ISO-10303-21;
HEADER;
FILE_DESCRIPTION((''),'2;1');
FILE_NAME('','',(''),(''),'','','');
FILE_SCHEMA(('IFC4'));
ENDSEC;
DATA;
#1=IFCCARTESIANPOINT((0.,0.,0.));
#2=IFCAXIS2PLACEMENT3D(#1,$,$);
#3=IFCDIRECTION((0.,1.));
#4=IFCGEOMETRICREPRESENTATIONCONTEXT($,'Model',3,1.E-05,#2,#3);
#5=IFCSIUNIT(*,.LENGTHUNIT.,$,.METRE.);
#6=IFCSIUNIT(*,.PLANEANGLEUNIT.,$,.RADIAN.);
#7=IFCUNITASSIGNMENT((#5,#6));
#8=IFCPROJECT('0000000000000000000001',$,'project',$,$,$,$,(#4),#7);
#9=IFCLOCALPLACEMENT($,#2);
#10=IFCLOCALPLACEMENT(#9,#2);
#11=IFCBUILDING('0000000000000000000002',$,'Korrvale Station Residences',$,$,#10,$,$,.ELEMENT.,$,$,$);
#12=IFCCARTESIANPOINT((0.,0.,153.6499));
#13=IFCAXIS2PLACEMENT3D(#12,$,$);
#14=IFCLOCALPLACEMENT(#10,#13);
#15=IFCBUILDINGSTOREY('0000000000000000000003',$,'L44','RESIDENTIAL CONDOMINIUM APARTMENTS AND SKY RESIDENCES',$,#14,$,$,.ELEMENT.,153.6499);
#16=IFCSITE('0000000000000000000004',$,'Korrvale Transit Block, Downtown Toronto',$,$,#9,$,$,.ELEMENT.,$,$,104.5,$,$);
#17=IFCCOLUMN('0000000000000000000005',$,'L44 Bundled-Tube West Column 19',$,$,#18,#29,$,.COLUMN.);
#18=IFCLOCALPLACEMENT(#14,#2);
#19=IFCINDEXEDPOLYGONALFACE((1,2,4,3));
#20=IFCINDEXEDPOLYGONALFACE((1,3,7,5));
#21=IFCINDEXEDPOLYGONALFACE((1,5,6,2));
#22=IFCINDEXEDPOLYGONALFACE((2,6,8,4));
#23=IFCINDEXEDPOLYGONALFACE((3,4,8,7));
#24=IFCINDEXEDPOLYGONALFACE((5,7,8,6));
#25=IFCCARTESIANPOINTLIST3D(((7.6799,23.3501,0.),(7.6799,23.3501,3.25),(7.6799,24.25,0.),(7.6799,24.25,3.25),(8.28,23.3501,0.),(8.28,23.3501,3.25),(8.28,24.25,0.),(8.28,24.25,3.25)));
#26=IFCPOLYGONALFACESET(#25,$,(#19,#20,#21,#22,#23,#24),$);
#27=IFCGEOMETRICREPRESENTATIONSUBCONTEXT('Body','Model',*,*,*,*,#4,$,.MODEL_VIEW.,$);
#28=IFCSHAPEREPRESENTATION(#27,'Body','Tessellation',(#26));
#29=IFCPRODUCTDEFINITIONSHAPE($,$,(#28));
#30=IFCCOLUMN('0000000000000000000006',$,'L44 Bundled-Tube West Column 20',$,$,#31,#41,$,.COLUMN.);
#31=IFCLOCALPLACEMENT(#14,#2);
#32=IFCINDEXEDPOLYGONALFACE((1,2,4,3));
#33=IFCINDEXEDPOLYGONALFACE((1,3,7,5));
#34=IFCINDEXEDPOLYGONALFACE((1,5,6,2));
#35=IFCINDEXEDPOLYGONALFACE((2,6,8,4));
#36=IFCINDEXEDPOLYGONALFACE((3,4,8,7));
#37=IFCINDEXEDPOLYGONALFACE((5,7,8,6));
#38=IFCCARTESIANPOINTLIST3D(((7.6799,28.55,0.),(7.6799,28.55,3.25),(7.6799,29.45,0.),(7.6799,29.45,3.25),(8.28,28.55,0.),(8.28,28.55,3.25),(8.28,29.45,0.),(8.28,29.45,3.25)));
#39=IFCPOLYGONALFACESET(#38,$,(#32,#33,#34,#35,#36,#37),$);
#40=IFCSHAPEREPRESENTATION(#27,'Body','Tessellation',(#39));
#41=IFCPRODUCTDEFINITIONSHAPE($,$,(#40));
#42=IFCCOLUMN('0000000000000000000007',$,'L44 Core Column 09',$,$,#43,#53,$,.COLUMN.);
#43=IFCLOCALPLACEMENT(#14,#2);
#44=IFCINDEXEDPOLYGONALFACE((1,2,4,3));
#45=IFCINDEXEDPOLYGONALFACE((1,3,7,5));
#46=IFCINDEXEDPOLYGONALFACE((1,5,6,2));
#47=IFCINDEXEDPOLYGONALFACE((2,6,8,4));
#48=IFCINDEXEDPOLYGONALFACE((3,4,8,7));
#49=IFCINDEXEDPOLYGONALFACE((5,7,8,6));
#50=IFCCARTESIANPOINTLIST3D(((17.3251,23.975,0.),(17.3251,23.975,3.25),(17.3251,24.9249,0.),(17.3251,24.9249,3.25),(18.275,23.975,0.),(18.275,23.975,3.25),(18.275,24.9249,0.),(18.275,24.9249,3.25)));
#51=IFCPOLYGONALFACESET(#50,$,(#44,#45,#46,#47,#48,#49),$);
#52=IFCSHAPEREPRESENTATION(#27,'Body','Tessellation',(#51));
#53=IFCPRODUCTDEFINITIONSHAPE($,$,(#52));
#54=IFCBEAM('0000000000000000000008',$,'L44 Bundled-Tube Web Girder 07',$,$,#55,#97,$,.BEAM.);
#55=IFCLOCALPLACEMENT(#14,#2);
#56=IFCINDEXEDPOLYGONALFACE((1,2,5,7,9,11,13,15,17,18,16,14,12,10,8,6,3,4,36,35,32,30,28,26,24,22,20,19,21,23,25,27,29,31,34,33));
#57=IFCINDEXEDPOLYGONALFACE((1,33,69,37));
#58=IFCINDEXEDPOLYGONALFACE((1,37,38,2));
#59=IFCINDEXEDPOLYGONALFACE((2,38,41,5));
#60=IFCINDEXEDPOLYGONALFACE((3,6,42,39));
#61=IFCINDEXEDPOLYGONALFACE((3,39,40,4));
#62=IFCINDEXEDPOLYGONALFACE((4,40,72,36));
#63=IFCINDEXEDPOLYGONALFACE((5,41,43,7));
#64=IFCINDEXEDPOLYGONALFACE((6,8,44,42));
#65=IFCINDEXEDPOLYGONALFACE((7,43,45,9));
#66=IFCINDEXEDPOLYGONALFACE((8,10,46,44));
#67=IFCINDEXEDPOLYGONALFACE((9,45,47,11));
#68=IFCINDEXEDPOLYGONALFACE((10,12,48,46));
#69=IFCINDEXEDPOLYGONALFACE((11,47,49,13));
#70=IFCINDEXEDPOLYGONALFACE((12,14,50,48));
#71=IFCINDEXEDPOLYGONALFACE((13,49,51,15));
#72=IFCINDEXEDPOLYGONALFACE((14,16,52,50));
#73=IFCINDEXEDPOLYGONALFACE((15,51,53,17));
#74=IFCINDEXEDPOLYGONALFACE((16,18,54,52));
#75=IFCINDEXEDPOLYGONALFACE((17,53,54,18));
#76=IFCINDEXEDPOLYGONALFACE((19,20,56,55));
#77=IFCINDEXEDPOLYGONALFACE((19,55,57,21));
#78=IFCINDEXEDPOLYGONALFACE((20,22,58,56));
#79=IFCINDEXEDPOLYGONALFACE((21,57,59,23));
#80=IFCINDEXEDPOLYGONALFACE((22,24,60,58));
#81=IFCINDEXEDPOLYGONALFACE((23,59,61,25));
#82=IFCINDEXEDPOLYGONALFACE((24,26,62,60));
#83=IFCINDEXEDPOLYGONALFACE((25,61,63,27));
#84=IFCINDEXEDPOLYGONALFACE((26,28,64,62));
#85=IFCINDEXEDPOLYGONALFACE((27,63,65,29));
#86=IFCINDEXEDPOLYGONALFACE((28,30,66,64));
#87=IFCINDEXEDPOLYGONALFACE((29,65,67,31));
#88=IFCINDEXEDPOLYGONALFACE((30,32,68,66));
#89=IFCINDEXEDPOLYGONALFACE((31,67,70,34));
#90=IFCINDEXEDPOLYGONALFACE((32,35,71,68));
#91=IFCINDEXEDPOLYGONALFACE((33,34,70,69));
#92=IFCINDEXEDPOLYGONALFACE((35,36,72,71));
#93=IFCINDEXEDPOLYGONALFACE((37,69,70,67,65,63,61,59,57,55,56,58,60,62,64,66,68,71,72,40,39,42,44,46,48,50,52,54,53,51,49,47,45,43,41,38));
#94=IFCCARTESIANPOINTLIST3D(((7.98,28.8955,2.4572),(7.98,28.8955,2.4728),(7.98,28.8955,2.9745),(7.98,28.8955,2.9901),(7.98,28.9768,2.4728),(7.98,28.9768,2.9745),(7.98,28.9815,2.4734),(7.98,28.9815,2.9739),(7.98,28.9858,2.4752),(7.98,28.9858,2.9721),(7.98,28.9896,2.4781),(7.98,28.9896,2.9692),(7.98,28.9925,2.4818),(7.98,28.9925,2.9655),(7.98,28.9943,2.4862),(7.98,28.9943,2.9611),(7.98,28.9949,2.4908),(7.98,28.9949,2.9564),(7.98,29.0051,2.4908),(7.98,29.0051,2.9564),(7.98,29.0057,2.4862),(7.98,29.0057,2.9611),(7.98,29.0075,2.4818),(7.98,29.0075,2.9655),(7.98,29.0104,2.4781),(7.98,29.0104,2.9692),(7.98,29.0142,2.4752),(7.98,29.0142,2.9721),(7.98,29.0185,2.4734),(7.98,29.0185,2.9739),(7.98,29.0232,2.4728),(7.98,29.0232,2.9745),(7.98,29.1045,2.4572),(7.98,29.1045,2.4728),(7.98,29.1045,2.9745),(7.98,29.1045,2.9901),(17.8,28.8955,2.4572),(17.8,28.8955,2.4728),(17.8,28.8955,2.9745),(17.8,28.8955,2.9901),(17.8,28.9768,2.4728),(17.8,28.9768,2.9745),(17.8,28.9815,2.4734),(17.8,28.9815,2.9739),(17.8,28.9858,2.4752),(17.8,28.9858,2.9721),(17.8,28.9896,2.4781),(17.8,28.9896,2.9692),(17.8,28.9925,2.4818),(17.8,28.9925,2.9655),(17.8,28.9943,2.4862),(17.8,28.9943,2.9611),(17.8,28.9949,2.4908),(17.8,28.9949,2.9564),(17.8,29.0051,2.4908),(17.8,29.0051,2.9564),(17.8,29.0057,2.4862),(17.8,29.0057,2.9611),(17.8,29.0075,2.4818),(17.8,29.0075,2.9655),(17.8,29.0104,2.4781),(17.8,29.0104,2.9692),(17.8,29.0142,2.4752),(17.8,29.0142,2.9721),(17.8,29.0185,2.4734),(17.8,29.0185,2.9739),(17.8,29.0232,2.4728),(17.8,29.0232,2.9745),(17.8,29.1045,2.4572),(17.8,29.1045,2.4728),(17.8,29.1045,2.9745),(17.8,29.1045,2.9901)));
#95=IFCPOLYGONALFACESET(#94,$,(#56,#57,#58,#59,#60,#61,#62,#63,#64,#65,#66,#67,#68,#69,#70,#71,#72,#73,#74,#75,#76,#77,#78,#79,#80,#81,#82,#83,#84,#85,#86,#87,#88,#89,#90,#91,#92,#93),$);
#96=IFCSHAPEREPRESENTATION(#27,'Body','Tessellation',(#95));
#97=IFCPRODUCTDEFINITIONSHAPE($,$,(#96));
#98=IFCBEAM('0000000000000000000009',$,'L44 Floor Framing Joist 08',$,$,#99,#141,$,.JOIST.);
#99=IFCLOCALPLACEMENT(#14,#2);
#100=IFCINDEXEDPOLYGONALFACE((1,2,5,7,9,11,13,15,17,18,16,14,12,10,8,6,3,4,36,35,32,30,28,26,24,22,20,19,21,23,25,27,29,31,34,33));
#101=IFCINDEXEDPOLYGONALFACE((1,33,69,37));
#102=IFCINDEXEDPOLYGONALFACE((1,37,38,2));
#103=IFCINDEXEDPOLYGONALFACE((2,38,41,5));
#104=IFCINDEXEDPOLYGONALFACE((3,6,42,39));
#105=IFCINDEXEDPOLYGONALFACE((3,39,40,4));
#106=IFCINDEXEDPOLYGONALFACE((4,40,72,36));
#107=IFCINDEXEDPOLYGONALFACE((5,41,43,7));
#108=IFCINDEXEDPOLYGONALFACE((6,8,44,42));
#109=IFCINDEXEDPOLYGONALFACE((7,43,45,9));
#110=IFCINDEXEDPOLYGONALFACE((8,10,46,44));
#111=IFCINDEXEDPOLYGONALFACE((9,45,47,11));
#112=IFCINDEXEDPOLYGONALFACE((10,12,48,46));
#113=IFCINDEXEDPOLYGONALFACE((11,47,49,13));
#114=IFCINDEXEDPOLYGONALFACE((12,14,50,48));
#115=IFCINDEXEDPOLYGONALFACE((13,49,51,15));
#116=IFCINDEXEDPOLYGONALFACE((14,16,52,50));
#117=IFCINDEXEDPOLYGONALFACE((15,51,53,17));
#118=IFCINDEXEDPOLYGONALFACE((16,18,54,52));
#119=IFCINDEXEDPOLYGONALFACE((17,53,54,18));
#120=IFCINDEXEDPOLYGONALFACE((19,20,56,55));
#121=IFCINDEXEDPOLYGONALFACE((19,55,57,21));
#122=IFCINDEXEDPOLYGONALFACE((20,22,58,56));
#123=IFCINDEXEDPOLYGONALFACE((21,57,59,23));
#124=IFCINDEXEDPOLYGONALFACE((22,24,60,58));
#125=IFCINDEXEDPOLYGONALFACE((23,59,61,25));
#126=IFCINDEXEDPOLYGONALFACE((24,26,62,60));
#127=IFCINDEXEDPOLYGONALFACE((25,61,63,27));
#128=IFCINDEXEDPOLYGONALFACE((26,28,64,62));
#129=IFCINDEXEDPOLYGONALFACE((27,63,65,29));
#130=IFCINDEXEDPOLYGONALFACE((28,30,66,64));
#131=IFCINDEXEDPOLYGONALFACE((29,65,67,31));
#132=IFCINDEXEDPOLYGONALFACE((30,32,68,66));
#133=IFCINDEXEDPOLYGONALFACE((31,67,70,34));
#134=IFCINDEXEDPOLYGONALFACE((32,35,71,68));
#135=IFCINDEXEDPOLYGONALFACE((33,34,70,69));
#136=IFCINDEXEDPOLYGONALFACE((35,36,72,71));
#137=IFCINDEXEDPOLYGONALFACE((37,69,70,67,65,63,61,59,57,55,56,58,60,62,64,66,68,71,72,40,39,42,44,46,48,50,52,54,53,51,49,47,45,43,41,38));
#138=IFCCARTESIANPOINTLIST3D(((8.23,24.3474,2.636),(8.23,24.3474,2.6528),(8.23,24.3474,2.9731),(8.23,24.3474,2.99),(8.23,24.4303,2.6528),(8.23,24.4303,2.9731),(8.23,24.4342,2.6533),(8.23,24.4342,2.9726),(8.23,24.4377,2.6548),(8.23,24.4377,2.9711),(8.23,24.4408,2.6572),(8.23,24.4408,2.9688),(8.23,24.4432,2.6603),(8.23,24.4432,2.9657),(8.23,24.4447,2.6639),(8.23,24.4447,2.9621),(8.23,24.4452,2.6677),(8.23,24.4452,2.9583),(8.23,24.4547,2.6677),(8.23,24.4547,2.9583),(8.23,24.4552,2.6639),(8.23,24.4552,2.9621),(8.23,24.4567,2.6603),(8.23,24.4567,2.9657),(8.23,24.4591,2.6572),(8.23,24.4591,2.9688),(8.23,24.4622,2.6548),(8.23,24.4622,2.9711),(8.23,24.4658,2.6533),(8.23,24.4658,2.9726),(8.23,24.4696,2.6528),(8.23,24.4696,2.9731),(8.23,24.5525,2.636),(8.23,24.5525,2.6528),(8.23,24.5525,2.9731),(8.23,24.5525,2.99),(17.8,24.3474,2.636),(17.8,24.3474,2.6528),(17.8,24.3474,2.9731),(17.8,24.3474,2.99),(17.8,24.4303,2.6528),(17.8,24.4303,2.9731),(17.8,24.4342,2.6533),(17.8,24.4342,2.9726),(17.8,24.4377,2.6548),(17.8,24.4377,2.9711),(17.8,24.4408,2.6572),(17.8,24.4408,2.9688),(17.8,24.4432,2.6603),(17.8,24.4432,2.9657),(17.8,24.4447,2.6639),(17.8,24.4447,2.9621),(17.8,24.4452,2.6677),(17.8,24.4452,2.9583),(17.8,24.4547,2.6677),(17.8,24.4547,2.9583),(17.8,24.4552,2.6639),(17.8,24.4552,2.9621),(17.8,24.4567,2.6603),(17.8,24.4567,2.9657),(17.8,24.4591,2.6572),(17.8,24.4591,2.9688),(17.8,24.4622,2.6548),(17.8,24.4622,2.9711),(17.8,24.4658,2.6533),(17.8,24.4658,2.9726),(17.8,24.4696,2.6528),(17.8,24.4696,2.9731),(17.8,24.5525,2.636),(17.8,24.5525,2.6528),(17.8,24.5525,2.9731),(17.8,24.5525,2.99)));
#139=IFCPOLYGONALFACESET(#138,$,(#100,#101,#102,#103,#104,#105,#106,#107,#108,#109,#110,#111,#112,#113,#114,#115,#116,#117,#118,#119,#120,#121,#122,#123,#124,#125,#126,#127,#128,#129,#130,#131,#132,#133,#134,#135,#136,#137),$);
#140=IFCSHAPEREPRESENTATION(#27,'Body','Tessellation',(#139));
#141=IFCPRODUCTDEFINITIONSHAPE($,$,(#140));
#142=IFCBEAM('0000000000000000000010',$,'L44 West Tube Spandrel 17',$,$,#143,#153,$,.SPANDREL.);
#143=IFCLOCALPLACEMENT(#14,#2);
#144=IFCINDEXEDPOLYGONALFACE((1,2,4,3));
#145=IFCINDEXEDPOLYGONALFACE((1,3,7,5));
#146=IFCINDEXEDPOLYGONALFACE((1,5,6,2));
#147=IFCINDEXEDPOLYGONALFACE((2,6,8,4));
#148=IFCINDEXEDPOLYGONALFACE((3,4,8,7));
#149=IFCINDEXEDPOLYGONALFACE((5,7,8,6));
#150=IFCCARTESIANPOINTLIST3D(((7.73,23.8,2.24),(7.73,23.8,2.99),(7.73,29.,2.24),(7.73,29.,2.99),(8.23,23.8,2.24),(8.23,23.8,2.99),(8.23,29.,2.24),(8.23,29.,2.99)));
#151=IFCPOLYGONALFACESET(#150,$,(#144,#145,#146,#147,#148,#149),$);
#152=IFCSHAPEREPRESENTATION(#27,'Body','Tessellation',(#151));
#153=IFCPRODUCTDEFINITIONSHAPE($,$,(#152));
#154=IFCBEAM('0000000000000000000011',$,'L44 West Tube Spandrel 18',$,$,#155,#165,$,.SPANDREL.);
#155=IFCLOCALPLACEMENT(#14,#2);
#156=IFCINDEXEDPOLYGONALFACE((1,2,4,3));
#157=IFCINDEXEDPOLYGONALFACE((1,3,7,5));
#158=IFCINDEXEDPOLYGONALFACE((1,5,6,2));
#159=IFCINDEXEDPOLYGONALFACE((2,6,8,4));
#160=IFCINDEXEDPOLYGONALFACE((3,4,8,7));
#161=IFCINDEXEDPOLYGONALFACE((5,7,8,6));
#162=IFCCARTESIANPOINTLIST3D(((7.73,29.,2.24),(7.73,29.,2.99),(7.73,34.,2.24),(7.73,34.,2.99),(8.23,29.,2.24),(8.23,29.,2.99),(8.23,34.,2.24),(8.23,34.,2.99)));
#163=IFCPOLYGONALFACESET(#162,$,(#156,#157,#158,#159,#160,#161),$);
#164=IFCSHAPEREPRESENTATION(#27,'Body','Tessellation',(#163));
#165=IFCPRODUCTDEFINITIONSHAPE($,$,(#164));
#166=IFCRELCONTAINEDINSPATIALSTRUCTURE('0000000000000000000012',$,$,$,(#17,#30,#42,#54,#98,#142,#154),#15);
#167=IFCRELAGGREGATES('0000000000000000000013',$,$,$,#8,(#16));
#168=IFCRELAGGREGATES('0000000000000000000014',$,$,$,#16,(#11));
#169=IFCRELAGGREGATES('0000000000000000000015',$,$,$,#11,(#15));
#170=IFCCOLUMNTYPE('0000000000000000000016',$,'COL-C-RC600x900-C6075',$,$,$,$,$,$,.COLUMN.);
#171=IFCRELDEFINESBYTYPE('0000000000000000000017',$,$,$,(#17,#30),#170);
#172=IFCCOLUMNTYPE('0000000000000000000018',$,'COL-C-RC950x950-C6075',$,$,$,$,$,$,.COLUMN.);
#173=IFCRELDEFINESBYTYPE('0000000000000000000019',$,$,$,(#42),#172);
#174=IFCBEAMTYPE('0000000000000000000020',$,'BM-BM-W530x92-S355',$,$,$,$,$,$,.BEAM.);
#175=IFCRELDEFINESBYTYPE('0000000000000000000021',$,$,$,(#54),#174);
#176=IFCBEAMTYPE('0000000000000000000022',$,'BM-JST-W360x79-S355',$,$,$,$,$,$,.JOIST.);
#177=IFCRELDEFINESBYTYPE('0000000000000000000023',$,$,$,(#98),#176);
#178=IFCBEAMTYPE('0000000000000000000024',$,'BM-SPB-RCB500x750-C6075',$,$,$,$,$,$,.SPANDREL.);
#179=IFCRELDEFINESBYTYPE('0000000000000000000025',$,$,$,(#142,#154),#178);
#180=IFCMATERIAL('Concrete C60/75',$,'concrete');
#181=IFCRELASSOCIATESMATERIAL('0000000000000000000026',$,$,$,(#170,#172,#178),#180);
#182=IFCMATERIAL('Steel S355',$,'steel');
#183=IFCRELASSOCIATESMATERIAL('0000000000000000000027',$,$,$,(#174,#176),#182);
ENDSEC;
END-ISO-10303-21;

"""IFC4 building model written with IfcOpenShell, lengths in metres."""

from ifc_helpers import new_model, si_unit, direction, frame, origin, origin_2d, place, context, subcontext, project, spatial, rectangle, i_section, extrude, material, material_profile, profile_set, type_object, element, save


model = new_model("IFC4")

# Units and contexts
model_context = context("Model", 3, precision=1e-05, world=origin(), true_north=direction((0.0, 1.0)))
body_context = subcontext(model_context, "Body", "Model", "MODEL_VIEW")
ifc_project = project(units=[si_unit("LENGTHUNIT", "METRE"), si_unit("PLANEANGLEUNIT", "RADIAN")], contexts=[model_context])

# Site, building, storey
site_placement = place(None, origin())
site = spatial("IfcSite", under=ifc_project, at=site_placement, Name="Korrvale Transit Block, Downtown Toronto", CompositionType="ELEMENT", RefElevation=104.5)
building_placement = place(site_placement, origin())
building = spatial("IfcBuilding", under=site, at=building_placement, Name="Korrvale Station Residences", CompositionType="ELEMENT")
storey_placement = place(building_placement, frame((0.0, 0.0, 153.6499)))
storey = spatial("IfcBuildingStorey", under=building, at=storey_placement, Name="L44", Description="RESIDENTIAL CONDOMINIUM APARTMENTS AND SKY RESIDENCES", CompositionType="ELEMENT", Elevation=153.6499)

# Columns
ifc_material_1 = material(Name="Concrete C60/75", Category="concrete")
ifc_material_profile_1 = material_profile(ifc_material_1, rectangle(XDim=0.6001, YDim=0.8999, at=origin_2d()), Name="RC600x900")
ifc_profile_set_1 = profile_set([ifc_material_profile_1], Name="Concrete C60/75")
column_type_1 = type_object("IfcColumnType", Name="COL-C-RC600x900-C6075", PredefinedType="COLUMN", material=ifc_profile_set_1)
for number, where, z_axis, x_axis, name in (
    (1, (7.98, 23.8, 0.0), (0.0, 0.0, 1.0), (1.0, 0.0, 0.0), "L44 Bundled-Tube West Column 19"),
    (2, (7.98, 29.0, 0.0), (0.0, 0.0, 1.0), (1.0, 0.0, 0.0), "L44 Bundled-Tube West Column 20"),
):
    element("IfcColumn", number, at=place(storey_placement, frame(where, z_axis=z_axis, x_axis=x_axis)), inside=storey, type_object=column_type_1, Name=name, PredefinedType="COLUMN", context=body_context, shape_type="SweptSolid", body=[
        extrude(rectangle(XDim=0.6001, YDim=0.8999, at=origin_2d()), origin(), (0.0, 0.0, 1.0), 3.25),
    ])
ifc_material_profile_2 = material_profile(ifc_material_1, rectangle(XDim=0.95, YDim=0.95, at=origin_2d()), Name="RC950x950")
ifc_profile_set_2 = profile_set([ifc_material_profile_2], Name="Concrete C60/75")
column_type_2 = type_object("IfcColumnType", Name="COL-C-RC950x950-C6075", PredefinedType="COLUMN", material=ifc_profile_set_2)
column_placement = place(storey_placement, frame((17.8, 24.45, 0.0), z_axis=(0.0, 0.0, 1.0), x_axis=(1.0, 0.0, 0.0)))
element("IfcColumn", 3, at=column_placement, inside=storey, type_object=column_type_2, Name="L44 Core Column 09", PredefinedType="COLUMN", context=body_context, shape_type="SweptSolid", body=[
    extrude(rectangle(XDim=0.95, YDim=0.95, at=origin_2d()), origin(), (0.0, 0.0, 1.0), 3.25),
])

# Beams
ifc_material_2 = material(Name="Steel S355", Category="steel")
ifc_material_profile_3 = material_profile(ifc_material_2, i_section(OverallWidth=0.209, OverallDepth=0.533, WebThickness=0.0103, FlangeThickness=0.0156, FilletRadius=0.0181, at=origin_2d()), Name="W530x92")
ifc_profile_set_3 = profile_set([ifc_material_profile_3], Name="Steel S355")
beam_type_1 = type_object("IfcBeamType", Name="BM-BM-W530x92-S355", PredefinedType="BEAM", material=ifc_profile_set_3)
beam_1_placement = place(storey_placement, frame((7.98, 29.0, 2.7236), z_axis=(1.0, 0.0, 0.0), x_axis=(0.0, 1.0, 0.0)))
element("IfcBeam", 4, at=beam_1_placement, inside=storey, type_object=beam_type_1, Name="L44 Bundled-Tube Web Girder 07", PredefinedType="BEAM", context=body_context, shape_type="SweptSolid", body=[
    extrude(i_section(OverallWidth=0.209, OverallDepth=0.533, WebThickness=0.0103, FlangeThickness=0.0156, FilletRadius=0.0181, at=origin_2d()), origin(), (0.0, 0.0, 1.0), 9.8201),
])
ifc_material_profile_4 = material_profile(ifc_material_2, i_section(OverallWidth=0.2051, OverallDepth=0.354, WebThickness=0.0095, FlangeThickness=0.0168, FilletRadius=0.0149, at=origin_2d()), Name="W360x79")
ifc_profile_set_4 = profile_set([ifc_material_profile_4], Name="Steel S355")
beam_type_2 = type_object("IfcBeamType", Name="BM-JST-W360x79-S355", PredefinedType="JOIST", material=ifc_profile_set_4)
beam_2_placement = place(storey_placement, frame((8.23, 24.45, 2.813), z_axis=(1.0, 0.0, 0.0), x_axis=(0.0, 1.0, 0.0)))
element("IfcBeam", 5, at=beam_2_placement, inside=storey, type_object=beam_type_2, Name="L44 Floor Framing Joist 08", PredefinedType="JOIST", context=body_context, shape_type="SweptSolid", body=[
    extrude(i_section(OverallWidth=0.2051, OverallDepth=0.354, WebThickness=0.0095, FlangeThickness=0.0168, FilletRadius=0.0149, at=origin_2d()), origin(), (0.0, 0.0, 1.0), 9.5701),
])
ifc_material_profile_5 = material_profile(ifc_material_1, rectangle(XDim=0.5, YDim=0.75, at=origin_2d()), Name="RCB500x750")
ifc_profile_set_5 = profile_set([ifc_material_profile_5], Name="Concrete C60/75")
beam_type_3 = type_object("IfcBeamType", Name="BM-SPB-RCB500x750-C6075", PredefinedType="SPANDREL", material=ifc_profile_set_5)
beam_3_placement = place(storey_placement, frame((7.98, 23.8, 2.615), z_axis=(0.0, 1.0, 0.0), x_axis=(-1.0, 0.0, 0.0)))
element("IfcBeam", 6, at=beam_3_placement, inside=storey, type_object=beam_type_3, Name="L44 West Tube Spandrel 17", PredefinedType="SPANDREL", context=body_context, shape_type="SweptSolid", body=[
    extrude(rectangle(XDim=0.5, YDim=0.75, at=origin_2d()), origin(), (0.0, 0.0, 1.0), 5.2),
])
beam_4_placement = place(storey_placement, frame((7.98, 29.0, 2.615), z_axis=(0.0, 1.0, 0.0), x_axis=(-1.0, 0.0, 0.0)))
element("IfcBeam", 7, at=beam_4_placement, inside=storey, type_object=beam_type_3, Name="L44 West Tube Spandrel 18", PredefinedType="SPANDREL", context=body_context, shape_type="SweptSolid", body=[
    extrude(rectangle(XDim=0.5, YDim=0.75, at=origin_2d()), origin(), (0.0, 0.0, 1.0), 5.0),
])

save(model, "model.ifc")
